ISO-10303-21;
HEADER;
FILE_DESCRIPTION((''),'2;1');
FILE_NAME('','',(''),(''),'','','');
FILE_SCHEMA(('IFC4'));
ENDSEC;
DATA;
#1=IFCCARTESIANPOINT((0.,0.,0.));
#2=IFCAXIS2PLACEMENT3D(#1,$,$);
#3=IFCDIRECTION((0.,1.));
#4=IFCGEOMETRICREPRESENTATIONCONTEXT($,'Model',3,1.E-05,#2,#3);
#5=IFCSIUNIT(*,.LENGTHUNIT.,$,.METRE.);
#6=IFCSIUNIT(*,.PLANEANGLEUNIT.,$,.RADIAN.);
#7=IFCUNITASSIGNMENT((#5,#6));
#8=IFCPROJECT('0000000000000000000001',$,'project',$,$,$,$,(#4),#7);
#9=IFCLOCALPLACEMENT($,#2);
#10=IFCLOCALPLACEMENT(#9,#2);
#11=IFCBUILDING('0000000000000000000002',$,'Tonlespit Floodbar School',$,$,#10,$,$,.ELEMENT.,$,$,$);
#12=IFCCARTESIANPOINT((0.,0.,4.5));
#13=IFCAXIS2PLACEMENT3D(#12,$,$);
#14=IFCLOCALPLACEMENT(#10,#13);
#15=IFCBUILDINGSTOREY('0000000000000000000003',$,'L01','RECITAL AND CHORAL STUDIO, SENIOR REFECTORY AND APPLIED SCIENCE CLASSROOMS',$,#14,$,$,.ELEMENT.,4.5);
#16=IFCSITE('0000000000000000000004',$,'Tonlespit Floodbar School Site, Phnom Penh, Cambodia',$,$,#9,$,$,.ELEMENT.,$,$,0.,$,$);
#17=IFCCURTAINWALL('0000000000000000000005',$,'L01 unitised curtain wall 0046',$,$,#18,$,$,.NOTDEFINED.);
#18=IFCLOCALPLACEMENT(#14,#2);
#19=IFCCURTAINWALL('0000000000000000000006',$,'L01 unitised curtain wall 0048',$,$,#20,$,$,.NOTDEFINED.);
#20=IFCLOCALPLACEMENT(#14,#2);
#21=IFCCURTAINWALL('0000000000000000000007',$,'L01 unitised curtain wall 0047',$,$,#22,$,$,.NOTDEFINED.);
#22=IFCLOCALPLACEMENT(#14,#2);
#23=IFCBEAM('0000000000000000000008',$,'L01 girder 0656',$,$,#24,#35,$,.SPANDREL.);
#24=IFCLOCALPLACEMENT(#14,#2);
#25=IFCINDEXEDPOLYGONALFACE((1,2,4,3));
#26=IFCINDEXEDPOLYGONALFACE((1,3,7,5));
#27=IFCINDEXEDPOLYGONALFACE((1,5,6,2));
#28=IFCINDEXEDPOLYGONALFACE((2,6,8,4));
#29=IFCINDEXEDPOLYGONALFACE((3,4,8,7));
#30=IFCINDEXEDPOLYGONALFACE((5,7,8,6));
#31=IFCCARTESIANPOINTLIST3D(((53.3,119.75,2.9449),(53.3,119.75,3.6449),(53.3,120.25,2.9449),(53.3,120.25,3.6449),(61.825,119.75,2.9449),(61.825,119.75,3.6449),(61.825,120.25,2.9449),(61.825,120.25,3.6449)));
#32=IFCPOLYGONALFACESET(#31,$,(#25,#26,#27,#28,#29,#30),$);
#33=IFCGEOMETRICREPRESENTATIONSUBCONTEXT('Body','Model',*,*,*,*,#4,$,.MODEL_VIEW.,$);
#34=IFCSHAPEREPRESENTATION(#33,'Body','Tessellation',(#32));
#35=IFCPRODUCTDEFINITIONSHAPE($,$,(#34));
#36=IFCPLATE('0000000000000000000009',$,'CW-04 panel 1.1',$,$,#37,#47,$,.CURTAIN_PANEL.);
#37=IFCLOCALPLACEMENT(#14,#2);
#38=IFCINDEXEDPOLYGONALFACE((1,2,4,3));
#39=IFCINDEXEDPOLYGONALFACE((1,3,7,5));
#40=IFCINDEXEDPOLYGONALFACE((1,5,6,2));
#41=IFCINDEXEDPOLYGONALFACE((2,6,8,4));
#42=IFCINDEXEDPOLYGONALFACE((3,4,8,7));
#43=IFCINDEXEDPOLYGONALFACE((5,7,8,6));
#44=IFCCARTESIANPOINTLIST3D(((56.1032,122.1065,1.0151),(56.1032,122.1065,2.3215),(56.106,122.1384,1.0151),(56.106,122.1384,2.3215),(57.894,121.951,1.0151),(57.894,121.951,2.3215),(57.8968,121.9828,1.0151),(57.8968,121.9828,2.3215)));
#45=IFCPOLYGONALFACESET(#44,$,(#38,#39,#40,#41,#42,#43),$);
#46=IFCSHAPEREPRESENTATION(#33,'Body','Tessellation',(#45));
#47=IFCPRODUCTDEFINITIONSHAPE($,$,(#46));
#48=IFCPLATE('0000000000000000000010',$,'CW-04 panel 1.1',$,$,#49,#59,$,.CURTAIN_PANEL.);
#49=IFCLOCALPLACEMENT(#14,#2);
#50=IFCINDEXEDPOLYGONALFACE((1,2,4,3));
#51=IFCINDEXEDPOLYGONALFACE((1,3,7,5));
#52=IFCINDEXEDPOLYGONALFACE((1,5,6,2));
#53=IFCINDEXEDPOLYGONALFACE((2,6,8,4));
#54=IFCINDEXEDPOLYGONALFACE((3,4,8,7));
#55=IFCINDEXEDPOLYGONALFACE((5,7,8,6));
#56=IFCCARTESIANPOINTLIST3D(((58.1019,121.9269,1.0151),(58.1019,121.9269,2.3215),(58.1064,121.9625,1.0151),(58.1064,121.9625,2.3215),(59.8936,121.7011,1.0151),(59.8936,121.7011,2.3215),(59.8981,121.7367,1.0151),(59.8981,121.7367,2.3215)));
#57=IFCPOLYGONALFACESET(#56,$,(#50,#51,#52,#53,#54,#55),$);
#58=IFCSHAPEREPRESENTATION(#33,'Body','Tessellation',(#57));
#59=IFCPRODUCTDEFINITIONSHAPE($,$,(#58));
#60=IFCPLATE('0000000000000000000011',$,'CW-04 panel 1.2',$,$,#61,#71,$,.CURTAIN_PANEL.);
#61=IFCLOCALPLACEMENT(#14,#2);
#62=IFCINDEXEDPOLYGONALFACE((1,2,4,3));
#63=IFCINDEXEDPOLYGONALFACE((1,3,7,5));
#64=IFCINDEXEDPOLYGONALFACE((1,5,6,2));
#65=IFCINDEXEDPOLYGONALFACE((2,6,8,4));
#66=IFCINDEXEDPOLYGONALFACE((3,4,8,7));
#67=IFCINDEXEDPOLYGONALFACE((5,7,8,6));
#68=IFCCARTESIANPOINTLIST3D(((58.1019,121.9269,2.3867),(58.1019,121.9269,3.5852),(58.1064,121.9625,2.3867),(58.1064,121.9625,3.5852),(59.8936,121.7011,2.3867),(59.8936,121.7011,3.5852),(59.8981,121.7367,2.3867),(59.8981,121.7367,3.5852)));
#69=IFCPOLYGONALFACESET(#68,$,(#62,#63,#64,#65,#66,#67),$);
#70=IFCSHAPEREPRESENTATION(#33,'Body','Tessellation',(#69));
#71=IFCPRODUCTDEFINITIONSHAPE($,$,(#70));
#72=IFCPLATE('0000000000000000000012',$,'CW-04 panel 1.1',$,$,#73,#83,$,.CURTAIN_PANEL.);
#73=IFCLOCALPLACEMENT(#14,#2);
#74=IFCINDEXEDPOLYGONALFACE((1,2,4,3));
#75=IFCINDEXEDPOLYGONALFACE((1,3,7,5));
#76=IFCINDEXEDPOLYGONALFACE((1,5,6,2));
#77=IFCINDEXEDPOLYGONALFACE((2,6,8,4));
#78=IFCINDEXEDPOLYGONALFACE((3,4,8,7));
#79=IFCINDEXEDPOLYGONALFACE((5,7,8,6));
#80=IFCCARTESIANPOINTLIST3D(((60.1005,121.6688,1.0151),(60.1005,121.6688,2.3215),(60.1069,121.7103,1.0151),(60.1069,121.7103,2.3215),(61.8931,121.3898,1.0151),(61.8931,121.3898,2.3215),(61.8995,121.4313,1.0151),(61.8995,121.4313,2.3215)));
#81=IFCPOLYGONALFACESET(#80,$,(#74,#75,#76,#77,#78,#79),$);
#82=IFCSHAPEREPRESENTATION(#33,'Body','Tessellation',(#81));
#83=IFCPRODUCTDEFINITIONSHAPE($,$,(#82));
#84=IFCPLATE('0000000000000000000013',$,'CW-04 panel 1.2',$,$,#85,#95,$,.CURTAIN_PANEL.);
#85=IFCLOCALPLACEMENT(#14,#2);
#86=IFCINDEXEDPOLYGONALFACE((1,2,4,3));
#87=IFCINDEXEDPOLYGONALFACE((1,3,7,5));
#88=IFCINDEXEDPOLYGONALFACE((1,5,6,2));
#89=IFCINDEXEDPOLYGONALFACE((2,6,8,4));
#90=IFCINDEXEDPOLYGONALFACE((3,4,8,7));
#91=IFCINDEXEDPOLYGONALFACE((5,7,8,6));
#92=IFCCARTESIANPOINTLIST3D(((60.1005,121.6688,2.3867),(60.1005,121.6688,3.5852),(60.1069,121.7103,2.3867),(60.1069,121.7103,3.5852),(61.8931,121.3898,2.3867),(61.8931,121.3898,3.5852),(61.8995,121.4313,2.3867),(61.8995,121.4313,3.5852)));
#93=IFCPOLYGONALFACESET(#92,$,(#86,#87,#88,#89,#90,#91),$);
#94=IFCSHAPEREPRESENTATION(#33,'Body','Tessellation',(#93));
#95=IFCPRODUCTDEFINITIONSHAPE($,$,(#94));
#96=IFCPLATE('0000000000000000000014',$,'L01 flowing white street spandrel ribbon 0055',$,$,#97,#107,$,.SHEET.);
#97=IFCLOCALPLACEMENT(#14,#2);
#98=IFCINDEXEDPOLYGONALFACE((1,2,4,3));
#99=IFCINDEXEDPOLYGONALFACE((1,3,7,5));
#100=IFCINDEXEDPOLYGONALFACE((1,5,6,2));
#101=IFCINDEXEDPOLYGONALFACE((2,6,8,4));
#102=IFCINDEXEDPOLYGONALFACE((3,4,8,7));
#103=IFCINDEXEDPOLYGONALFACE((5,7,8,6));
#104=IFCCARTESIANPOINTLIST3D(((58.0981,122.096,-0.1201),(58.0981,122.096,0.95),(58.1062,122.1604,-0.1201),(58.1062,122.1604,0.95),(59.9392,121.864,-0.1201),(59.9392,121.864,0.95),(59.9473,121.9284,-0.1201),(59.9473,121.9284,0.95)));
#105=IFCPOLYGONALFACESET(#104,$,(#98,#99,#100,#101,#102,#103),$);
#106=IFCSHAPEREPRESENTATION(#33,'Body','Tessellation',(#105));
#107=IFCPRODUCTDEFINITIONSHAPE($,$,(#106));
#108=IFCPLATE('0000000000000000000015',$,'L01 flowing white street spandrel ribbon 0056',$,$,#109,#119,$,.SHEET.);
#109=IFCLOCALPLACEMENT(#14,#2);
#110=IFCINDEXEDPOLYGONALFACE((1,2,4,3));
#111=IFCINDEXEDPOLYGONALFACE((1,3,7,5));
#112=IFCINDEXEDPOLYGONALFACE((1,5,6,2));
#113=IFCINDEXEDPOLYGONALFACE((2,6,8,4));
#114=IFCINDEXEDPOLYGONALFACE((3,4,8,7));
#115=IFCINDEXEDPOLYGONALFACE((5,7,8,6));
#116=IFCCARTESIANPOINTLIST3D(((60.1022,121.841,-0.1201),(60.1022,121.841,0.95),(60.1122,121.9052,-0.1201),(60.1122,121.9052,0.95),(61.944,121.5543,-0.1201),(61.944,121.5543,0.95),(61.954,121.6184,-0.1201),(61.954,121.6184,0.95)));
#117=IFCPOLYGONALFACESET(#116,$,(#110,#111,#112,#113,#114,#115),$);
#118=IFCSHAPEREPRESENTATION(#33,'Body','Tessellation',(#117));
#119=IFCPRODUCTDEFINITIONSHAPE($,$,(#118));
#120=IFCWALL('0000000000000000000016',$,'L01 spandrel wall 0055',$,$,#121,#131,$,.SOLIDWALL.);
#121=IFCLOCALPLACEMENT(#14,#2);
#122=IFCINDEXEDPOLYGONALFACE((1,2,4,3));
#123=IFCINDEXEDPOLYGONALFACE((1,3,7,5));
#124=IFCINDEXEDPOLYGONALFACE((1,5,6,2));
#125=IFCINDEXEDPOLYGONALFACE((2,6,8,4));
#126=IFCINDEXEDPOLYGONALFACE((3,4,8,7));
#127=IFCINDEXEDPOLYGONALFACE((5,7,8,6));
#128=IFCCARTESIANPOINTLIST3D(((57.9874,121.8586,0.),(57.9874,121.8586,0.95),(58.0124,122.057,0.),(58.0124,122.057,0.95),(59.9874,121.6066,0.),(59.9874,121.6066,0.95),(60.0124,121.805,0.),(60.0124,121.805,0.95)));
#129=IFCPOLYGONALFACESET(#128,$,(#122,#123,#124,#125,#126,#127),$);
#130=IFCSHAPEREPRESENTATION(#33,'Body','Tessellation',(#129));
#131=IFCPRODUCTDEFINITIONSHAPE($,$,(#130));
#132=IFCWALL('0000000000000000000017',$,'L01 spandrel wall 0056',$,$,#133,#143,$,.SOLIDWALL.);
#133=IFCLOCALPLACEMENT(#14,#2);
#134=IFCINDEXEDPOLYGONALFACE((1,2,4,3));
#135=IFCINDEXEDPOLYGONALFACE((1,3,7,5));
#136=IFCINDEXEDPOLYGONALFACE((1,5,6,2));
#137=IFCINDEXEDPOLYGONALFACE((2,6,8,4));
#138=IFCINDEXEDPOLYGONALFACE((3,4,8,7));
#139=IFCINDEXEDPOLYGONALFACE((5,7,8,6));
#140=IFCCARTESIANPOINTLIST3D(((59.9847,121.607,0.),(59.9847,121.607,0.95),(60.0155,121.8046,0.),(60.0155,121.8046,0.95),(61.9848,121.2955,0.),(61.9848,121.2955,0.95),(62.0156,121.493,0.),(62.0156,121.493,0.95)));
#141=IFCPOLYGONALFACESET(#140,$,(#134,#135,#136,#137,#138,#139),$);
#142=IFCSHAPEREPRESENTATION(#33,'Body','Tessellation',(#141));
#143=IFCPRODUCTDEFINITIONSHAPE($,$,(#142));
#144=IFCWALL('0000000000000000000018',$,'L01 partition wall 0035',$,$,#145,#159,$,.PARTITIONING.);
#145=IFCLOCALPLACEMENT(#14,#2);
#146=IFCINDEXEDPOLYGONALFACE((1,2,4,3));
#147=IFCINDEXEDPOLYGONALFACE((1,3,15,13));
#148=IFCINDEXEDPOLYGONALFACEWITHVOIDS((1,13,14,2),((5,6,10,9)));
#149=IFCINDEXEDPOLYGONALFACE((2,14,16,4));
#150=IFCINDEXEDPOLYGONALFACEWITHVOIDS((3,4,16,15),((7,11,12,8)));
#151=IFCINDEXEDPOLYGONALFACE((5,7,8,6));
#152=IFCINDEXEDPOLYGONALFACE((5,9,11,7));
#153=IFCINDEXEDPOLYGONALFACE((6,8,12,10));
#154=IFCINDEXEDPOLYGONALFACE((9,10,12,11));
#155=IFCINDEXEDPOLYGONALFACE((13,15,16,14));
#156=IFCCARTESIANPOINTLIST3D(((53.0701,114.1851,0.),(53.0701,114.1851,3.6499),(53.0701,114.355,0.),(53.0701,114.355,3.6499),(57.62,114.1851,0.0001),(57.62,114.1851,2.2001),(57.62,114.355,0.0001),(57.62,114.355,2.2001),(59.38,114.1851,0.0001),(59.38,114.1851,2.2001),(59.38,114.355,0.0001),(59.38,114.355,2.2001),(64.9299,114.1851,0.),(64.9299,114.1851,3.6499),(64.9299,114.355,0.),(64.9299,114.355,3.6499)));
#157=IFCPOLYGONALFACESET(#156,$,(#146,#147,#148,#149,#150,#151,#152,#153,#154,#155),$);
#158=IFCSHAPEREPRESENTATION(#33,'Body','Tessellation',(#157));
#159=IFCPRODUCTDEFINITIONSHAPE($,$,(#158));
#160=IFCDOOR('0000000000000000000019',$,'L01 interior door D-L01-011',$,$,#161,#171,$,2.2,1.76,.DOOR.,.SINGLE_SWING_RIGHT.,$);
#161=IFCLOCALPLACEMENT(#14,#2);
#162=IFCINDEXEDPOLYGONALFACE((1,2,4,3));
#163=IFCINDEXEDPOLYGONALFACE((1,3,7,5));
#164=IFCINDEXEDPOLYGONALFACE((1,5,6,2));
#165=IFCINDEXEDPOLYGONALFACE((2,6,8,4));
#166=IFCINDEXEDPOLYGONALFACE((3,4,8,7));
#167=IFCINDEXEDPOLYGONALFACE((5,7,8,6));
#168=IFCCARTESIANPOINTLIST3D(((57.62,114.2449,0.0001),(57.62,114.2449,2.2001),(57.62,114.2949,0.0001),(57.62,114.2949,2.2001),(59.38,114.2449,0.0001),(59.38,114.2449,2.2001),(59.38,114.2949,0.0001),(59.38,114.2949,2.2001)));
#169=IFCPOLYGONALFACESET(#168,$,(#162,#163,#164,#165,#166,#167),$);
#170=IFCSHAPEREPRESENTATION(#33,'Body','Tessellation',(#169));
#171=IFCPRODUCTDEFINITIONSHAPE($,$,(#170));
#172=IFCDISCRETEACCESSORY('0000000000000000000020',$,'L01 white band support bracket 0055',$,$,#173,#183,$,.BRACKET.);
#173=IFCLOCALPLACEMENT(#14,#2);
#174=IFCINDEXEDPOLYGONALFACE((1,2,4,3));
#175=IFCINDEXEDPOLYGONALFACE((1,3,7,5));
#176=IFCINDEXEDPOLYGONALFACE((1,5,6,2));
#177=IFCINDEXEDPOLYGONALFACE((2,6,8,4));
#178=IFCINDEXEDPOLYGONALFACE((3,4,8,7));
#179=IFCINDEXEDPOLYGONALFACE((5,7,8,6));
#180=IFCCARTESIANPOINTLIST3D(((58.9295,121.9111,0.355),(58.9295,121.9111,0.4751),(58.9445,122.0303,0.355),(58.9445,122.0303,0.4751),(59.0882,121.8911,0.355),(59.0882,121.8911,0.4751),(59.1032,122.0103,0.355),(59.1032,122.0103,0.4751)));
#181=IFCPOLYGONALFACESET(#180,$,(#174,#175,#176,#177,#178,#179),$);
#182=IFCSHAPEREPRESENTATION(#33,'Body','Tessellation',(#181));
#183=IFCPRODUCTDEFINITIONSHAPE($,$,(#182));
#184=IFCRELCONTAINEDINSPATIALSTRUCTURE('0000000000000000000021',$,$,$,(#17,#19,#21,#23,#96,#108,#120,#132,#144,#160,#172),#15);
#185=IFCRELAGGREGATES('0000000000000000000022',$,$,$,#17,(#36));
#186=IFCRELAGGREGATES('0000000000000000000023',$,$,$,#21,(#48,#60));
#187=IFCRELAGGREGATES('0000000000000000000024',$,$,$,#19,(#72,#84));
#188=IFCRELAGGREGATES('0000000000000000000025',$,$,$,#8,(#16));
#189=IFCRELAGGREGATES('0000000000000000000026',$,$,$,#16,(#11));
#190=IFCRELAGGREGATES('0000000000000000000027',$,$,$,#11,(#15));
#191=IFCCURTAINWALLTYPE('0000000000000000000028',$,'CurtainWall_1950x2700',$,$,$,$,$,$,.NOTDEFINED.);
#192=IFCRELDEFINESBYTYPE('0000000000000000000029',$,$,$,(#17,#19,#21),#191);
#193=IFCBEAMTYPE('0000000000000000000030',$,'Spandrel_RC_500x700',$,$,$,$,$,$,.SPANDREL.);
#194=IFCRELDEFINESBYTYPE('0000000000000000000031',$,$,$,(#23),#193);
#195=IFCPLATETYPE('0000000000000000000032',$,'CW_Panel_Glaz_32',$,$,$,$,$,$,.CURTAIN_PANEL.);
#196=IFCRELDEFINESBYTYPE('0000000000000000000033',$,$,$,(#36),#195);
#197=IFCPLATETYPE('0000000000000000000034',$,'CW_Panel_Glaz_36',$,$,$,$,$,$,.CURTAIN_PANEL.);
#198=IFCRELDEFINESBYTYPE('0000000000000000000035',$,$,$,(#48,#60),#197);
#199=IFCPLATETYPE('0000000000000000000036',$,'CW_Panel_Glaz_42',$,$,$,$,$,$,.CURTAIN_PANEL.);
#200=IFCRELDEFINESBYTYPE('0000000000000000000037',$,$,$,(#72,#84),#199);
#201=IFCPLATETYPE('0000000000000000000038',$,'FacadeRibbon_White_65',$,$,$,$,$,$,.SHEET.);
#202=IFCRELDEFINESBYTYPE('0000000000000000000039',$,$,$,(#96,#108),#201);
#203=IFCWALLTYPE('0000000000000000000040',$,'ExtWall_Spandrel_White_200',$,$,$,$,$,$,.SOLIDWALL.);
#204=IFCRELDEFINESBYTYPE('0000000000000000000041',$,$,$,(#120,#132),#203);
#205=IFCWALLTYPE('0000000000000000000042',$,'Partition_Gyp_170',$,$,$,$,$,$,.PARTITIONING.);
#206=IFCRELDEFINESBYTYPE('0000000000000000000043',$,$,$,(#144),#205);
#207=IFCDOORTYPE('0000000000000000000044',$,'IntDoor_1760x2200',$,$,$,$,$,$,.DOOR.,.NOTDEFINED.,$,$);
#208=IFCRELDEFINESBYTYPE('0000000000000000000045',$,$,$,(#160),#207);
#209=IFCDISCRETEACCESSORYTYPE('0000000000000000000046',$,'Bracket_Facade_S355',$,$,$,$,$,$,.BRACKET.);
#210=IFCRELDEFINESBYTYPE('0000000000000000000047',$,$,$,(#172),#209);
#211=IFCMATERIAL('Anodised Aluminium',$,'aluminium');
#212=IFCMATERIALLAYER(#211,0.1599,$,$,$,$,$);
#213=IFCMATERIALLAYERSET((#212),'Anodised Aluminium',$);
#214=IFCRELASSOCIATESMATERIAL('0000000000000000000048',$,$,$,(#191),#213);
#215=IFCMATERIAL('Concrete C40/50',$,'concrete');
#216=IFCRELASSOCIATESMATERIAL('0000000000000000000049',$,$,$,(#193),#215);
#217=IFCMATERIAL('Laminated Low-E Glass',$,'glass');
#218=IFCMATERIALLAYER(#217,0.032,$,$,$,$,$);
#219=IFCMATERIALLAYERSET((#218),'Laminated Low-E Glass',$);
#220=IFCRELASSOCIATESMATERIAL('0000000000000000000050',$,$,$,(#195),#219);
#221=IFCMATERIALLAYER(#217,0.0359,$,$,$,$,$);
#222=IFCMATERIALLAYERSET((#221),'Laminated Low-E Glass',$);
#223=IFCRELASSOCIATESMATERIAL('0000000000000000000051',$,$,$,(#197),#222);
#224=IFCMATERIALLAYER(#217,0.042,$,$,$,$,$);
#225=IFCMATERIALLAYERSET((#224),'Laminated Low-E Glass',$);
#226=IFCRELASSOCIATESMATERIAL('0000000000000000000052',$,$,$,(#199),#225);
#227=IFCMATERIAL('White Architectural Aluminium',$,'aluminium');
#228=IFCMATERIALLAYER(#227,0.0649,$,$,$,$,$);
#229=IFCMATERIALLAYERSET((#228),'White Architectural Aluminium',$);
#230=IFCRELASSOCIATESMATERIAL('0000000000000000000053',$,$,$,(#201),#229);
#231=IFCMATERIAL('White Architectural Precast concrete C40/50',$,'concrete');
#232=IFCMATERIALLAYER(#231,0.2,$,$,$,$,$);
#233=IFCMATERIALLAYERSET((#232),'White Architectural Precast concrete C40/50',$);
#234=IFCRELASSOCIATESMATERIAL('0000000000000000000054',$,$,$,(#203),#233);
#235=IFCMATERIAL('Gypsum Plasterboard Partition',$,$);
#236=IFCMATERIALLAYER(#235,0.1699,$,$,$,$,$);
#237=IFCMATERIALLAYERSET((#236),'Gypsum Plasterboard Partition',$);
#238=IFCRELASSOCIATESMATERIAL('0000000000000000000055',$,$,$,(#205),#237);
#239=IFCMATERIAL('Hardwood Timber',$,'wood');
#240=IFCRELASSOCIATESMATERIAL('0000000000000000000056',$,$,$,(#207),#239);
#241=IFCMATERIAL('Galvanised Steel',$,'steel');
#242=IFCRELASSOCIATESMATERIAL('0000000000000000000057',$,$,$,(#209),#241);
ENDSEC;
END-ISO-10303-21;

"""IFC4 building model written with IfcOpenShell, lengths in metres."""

from ifc_helpers import new_model, si_unit, direction, frame, frame_2d, origin, origin_2d, place, context, subcontext, project, spatial, rectangle, extrude, material, layer, layer_set, material_profile, profile_set, type_object, element, fill, aggregate, save


model = new_model("IFC4")

# Units and contexts
model_context = context("Model", 3, precision=1e-05, world=origin(), true_north=direction((0.0, 1.0)))
body_context = subcontext(model_context, "Body", "Model", "MODEL_VIEW")
ifc_project = project(units=[si_unit("LENGTHUNIT", "METRE"), si_unit("PLANEANGLEUNIT", "RADIAN")], contexts=[model_context])

# Site, building, storey
site_placement = place(None, origin())
site = spatial("IfcSite", under=ifc_project, at=site_placement, Name="Tonlespit Floodbar School Site, Phnom Penh, Cambodia", CompositionType="ELEMENT", RefElevation=0.0)
building_placement = place(site_placement, origin())
building = spatial("IfcBuilding", under=site, at=building_placement, Name="Tonlespit Floodbar School", CompositionType="ELEMENT")
storey_placement = place(building_placement, frame((0.0, 0.0, 4.5)))
storey = spatial("IfcBuildingStorey", under=building, at=storey_placement, Name="L01", Description="RECITAL AND CHORAL STUDIO, SENIOR REFECTORY AND APPLIED SCIENCE CLASSROOMS", CompositionType="ELEMENT", Elevation=4.5)

# Shared definitions
ifc_material_1 = material(Name="Concrete C40/50", Category="concrete")

# Curtain walls
ifc_material_2 = material(Name="Anodised Aluminium", Category="aluminium")
ifc_layer_1 = layer(ifc_material_2, 0.1599)
ifc_layer_set_1 = layer_set([ifc_layer_1], Name="Anodised Aluminium")
curtain_wall_type = type_object("IfcCurtainWallType", Name="CurtainWall_1950x2700", PredefinedType="NOTDEFINED", material=ifc_layer_set_1)
curtain_wall_1_placement = place(storey_placement, origin())
curtain_wall_1 = element("IfcCurtainWall", 1, at=curtain_wall_1_placement, inside=storey, type_object=curtain_wall_type, Name="L01 unitised curtain wall 0046", PredefinedType="NOTDEFINED")
curtain_wall_2_placement = place(storey_placement, origin())
curtain_wall_2 = element("IfcCurtainWall", 2, at=curtain_wall_2_placement, inside=storey, type_object=curtain_wall_type, Name="L01 unitised curtain wall 0048", PredefinedType="NOTDEFINED")

# Curtain wall
curtain_wall_3_placement = place(storey_placement, origin())
curtain_wall_3 = element("IfcCurtainWall", 3, at=curtain_wall_3_placement, inside=storey, type_object=curtain_wall_type, Name="L01 unitised curtain wall 0047", PredefinedType="NOTDEFINED")

# Beam
ifc_material_profile_1 = material_profile(ifc_material_1, rectangle(XDim=0.5, YDim=0.7, at=origin_2d()), Name="RC 500x700")
ifc_profile_set_1 = profile_set([ifc_material_profile_1], Name="Concrete C40/50")
beam_type_1 = type_object("IfcBeamType", Name="Spandrel_RC_500x700", PredefinedType="SPANDREL", material=ifc_profile_set_1)
beam_1_placement = place(storey_placement, frame((53.3, 120.0, 3.2949), z_axis=(1.0, 0.0, 0.0), x_axis=(0.0, 1.0, 0.0)))
element("IfcBeam", 4, at=beam_1_placement, inside=storey, type_object=beam_type_1, Name="L01 girder 0656", PredefinedType="SPANDREL", context=body_context, shape_type="SweptSolid", body=[
    extrude(rectangle(XDim=0.5, YDim=0.7, at=origin_2d()), origin(), (0.0, 0.0, 1.0), 8.5249),
])

# Plates
ifc_material_3 = material(Name="Laminated Low-E Glass", Category="glass")
ifc_layer_2 = layer(ifc_material_3, 0.032)
ifc_layer_set_2 = layer_set([ifc_layer_2], Name="Laminated Low-E Glass")
plate_type_1 = type_object("IfcPlateType", Name="CW_Panel_Glaz_32", PredefinedType="CURTAIN_PANEL", material=ifc_layer_set_2)
plate_1_placement = place(storey_placement, frame((57.0, 122.0447, 1.0151), z_axis=(0.0, 0.0, 1.0), x_axis=(0.996249, -0.086531, 0.0)))
plate_1 = element("IfcPlate", 5, at=plate_1_placement, type_object=plate_type_1, Name="CW-04 panel 1.1", PredefinedType="CURTAIN_PANEL", context=body_context, shape_type="SweptSolid", body=[
    extrude(rectangle(XDim=1.7976, YDim=0.032, at=origin_2d()), origin(), (0.0, 0.0, 1.0), 1.3064),
])
aggregate(curtain_wall_1, [plate_1])
ifc_layer_3 = layer(ifc_material_3, 0.0359)
ifc_layer_set_3 = layer_set([ifc_layer_3], Name="Laminated Low-E Glass")
plate_type_2 = type_object("IfcPlateType", Name="CW_Panel_Glaz_36", PredefinedType="CURTAIN_PANEL", material=ifc_layer_set_3)
plate_2_placement = place(storey_placement, frame((59.0, 121.8318, 1.0151), z_axis=(0.0, 0.0, 1.0), x_axis=(0.992155, -0.125014, 0.0)))
plate_2 = element("IfcPlate", 6, at=plate_2_placement, type_object=plate_type_2, Name="CW-04 panel 1.1", PredefinedType="CURTAIN_PANEL", context=body_context, shape_type="SweptSolid", body=[
    extrude(rectangle(XDim=1.8059, YDim=0.0359, at=origin_2d()), origin(), (0.0, 0.0, 1.0), 1.3064),
])
plate_3_placement = place(storey_placement, frame((59.0, 121.8318, 2.3867), z_axis=(0.0, 0.0, 1.0), x_axis=(0.992155, -0.125014, 0.0)))
plate_3 = element("IfcPlate", 7, at=plate_3_placement, type_object=plate_type_2, Name="CW-04 panel 1.2", PredefinedType="CURTAIN_PANEL", context=body_context, shape_type="SweptSolid", body=[
    extrude(rectangle(XDim=1.8059, YDim=0.0359, at=origin_2d()), origin(), (0.0, 0.0, 1.0), 1.1985),
])
aggregate(curtain_wall_3, [plate_2, plate_3])
ifc_layer_4 = layer(ifc_material_3, 0.042)
ifc_layer_set_4 = layer_set([ifc_layer_4], Name="Laminated Low-E Glass")
plate_type_3 = type_object("IfcPlateType", Name="CW_Panel_Glaz_42", PredefinedType="CURTAIN_PANEL", material=ifc_layer_set_4)
plate_4_placement = place(storey_placement, frame((61.0, 121.55, 1.0151), z_axis=(0.0, 0.0, 1.0), x_axis=(0.988103, -0.153796, 0.0)))
plate_4 = element("IfcPlate", 8, at=plate_4_placement, type_object=plate_type_3, Name="CW-04 panel 1.1", PredefinedType="CURTAIN_PANEL", context=body_context, shape_type="SweptSolid", body=[
    extrude(rectangle(XDim=1.8142, YDim=0.042, at=origin_2d()), origin(), (0.0, 0.0, 1.0), 1.3064),
])
plate_5_placement = place(storey_placement, frame((61.0, 121.55, 2.3867), z_axis=(0.0, 0.0, 1.0), x_axis=(0.988103, -0.153796, 0.0)))
plate_5 = element("IfcPlate", 9, at=plate_5_placement, type_object=plate_type_3, Name="CW-04 panel 1.2", PredefinedType="CURTAIN_PANEL", context=body_context, shape_type="SweptSolid", body=[
    extrude(rectangle(XDim=1.8142, YDim=0.042, at=origin_2d()), origin(), (0.0, 0.0, 1.0), 1.1985),
])
aggregate(curtain_wall_2, [plate_4, plate_5])

# Plates
ifc_material_4 = material(Name="White Architectural Aluminium", Category="aluminium")
ifc_layer_5 = layer(ifc_material_4, 0.0649)
ifc_layer_set_5 = layer_set([ifc_layer_5], Name="White Architectural Aluminium")
plate_type_4 = type_object("IfcPlateType", Name="FacadeRibbon_White_65", PredefinedType="SHEET", material=ifc_layer_set_5)
plate_6_placement = place(storey_placement, frame((59.0227, 122.0122, -0.1201), z_axis=(0.0, 0.0, 1.0), x_axis=(0.992155, -0.125011, 0.0)))
element("IfcPlate", 10, at=plate_6_placement, inside=storey, type_object=plate_type_4, Name="L01 flowing white street spandrel ribbon 0055", PredefinedType="SHEET", context=body_context, shape_type="SweptSolid", body=[
    extrude(rectangle(XDim=1.8557, YDim=0.0649, at=origin_2d()), origin(), (0.0, 0.0, 1.0), 1.0701),
])
plate_7_placement = place(storey_placement, frame((61.0281, 121.7297, -0.1201), z_axis=(0.0, 0.0, 1.0), x_axis=(0.988095, -0.153846, 0.0)))
element("IfcPlate", 11, at=plate_7_placement, inside=storey, type_object=plate_type_4, Name="L01 flowing white street spandrel ribbon 0056", PredefinedType="SHEET", context=body_context, shape_type="SweptSolid", body=[
    extrude(rectangle(XDim=1.864, YDim=0.0649, at=origin_2d()), origin(), (0.0, 0.0, 1.0), 1.0701),
])

# Walls
ifc_material_5 = material(Name="White Architectural Precast concrete C40/50", Category="concrete")
ifc_layer_6 = layer(ifc_material_5, 0.2)
ifc_layer_set_6 = layer_set([ifc_layer_6], Name="White Architectural Precast concrete C40/50")
wall_type_1 = type_object("IfcWallType", Name="ExtWall_Spandrel_White_200", PredefinedType="SOLIDWALL", material=ifc_layer_set_6)
wall_1_placement = place(storey_placement, frame((58.0, 121.9578, 0.0), z_axis=(0.0, 0.0, 1.0), x_axis=(0.992158, -0.124989, 0.0)))
element("IfcWall", 12, at=wall_1_placement, inside=storey, type_object=wall_type_1, Name="L01 spandrel wall 0055", PredefinedType="SOLIDWALL", context=body_context, shape_type="SweptSolid", body=[
    extrude(rectangle(XDim=2.0159, YDim=0.2, at=frame_2d((1.0078, 0.0))), origin(), (0.0, 0.0, 1.0), 0.95),
])
wall_2_placement = place(storey_placement, frame((60.0, 121.7058, 0.0), z_axis=(0.0, 0.0, 1.0), x_axis=(0.988086, -0.153906, 0.0)))
element("IfcWall", 13, at=wall_2_placement, inside=storey, type_object=wall_type_1, Name="L01 spandrel wall 0056", PredefinedType="SOLIDWALL", context=body_context, shape_type="SweptSolid", body=[
    extrude(rectangle(XDim=2.0242, YDim=0.2, at=frame_2d((1.0122, 0.0))), origin(), (0.0, 0.0, 1.0), 0.95),
])

# Wall, opening, door
ifc_material_6 = material(Name="Gypsum Plasterboard Partition")
ifc_layer_7 = layer(ifc_material_6, 0.1699)
ifc_layer_set_7 = layer_set([ifc_layer_7], Name="Gypsum Plasterboard Partition")
wall_type_2 = type_object("IfcWallType", Name="Partition_Gyp_170", PredefinedType="PARTITIONING", material=ifc_layer_set_7)
wall_3_placement = place(storey_placement, frame((53.0701, 114.27, 0.0), z_axis=(0.0, 0.0, 1.0), x_axis=(1.0, 0.0, 0.0)))
wall_3 = element("IfcWall", 14, at=wall_3_placement, inside=storey, type_object=wall_type_2, Name="L01 partition wall 0035", PredefinedType="PARTITIONING", context=body_context, shape_type="SweptSolid", body=[
    extrude(rectangle(XDim=11.8599, YDim=0.1699, at=frame_2d((5.9299, 0.0))), origin(), (0.0, 0.0, 1.0), 3.6499),
])
opening_placement = place(wall_3_placement, frame((4.55, 0.0, 0.0)))
opening = element("IfcOpeningElement", 15, at=opening_placement, cuts=wall_3, PredefinedType="OPENING", context=body_context, shape_type="SweptSolid", body=[
    extrude(rectangle(XDim=1.76, YDim=2.2, at=frame_2d((0.8799, 1.1001))), frame((0.0, 0.095, 0.0), z_axis=(0.0, -1.0, 0.0), x_axis=(1.0, 0.0, 0.0)), (0.0, 0.0, 1.0), 0.1899),
])
ifc_material_7 = material(Name="Hardwood Timber", Category="wood")
door_type = type_object("IfcDoorType", Name="IntDoor_1760x2200", OperationType="NOTDEFINED", PredefinedType="DOOR", material=ifc_material_7)
door_placement = place(opening_placement, origin())
door = element("IfcDoor", 16, at=door_placement, inside=storey, type_object=door_type, Name="L01 interior door D-L01-011", OperationType="SINGLE_SWING_RIGHT", OverallHeight=2.2, OverallWidth=1.76, PredefinedType="DOOR", context=body_context, shape_type="SweptSolid", body=[
    extrude(rectangle(XDim=1.76, YDim=2.2, at=frame_2d((0.8799, 1.1001))), frame((0.0, 0.0249, 0.0), z_axis=(0.0, -1.0, 0.0), x_axis=(1.0, 0.0, 0.0)), (0.0, 0.0, 1.0), 0.05),
])
fill(opening, door)

# Discrete accessory
ifc_material_8 = material(Name="Galvanised Steel", Category="steel")
discrete_accessory_type = type_object("IfcDiscreteAccessoryType", Name="Bracket_Facade_S355", PredefinedType="BRACKET", material=ifc_material_8)
for number, where, z_axis, x_axis, name in (
    (17, (59.0164, 121.9607, 0.355), (0.0, 0.0, 1.0), (0.992155, -0.125011, 0.0), "L01 white band support bracket 0055"),
):
    element("IfcDiscreteAccessory", number, at=place(storey_placement, frame(where, z_axis=z_axis, x_axis=x_axis)), inside=storey, type_object=discrete_accessory_type, Name=name, PredefinedType="BRACKET", context=body_context, shape_type="SweptSolid", body=[
        extrude(rectangle(XDim=0.1599, YDim=0.1201, at=origin_2d()), origin(), (0.0, 0.0, 1.0), 0.1201),
    ])

save(model, "model.ifc")
